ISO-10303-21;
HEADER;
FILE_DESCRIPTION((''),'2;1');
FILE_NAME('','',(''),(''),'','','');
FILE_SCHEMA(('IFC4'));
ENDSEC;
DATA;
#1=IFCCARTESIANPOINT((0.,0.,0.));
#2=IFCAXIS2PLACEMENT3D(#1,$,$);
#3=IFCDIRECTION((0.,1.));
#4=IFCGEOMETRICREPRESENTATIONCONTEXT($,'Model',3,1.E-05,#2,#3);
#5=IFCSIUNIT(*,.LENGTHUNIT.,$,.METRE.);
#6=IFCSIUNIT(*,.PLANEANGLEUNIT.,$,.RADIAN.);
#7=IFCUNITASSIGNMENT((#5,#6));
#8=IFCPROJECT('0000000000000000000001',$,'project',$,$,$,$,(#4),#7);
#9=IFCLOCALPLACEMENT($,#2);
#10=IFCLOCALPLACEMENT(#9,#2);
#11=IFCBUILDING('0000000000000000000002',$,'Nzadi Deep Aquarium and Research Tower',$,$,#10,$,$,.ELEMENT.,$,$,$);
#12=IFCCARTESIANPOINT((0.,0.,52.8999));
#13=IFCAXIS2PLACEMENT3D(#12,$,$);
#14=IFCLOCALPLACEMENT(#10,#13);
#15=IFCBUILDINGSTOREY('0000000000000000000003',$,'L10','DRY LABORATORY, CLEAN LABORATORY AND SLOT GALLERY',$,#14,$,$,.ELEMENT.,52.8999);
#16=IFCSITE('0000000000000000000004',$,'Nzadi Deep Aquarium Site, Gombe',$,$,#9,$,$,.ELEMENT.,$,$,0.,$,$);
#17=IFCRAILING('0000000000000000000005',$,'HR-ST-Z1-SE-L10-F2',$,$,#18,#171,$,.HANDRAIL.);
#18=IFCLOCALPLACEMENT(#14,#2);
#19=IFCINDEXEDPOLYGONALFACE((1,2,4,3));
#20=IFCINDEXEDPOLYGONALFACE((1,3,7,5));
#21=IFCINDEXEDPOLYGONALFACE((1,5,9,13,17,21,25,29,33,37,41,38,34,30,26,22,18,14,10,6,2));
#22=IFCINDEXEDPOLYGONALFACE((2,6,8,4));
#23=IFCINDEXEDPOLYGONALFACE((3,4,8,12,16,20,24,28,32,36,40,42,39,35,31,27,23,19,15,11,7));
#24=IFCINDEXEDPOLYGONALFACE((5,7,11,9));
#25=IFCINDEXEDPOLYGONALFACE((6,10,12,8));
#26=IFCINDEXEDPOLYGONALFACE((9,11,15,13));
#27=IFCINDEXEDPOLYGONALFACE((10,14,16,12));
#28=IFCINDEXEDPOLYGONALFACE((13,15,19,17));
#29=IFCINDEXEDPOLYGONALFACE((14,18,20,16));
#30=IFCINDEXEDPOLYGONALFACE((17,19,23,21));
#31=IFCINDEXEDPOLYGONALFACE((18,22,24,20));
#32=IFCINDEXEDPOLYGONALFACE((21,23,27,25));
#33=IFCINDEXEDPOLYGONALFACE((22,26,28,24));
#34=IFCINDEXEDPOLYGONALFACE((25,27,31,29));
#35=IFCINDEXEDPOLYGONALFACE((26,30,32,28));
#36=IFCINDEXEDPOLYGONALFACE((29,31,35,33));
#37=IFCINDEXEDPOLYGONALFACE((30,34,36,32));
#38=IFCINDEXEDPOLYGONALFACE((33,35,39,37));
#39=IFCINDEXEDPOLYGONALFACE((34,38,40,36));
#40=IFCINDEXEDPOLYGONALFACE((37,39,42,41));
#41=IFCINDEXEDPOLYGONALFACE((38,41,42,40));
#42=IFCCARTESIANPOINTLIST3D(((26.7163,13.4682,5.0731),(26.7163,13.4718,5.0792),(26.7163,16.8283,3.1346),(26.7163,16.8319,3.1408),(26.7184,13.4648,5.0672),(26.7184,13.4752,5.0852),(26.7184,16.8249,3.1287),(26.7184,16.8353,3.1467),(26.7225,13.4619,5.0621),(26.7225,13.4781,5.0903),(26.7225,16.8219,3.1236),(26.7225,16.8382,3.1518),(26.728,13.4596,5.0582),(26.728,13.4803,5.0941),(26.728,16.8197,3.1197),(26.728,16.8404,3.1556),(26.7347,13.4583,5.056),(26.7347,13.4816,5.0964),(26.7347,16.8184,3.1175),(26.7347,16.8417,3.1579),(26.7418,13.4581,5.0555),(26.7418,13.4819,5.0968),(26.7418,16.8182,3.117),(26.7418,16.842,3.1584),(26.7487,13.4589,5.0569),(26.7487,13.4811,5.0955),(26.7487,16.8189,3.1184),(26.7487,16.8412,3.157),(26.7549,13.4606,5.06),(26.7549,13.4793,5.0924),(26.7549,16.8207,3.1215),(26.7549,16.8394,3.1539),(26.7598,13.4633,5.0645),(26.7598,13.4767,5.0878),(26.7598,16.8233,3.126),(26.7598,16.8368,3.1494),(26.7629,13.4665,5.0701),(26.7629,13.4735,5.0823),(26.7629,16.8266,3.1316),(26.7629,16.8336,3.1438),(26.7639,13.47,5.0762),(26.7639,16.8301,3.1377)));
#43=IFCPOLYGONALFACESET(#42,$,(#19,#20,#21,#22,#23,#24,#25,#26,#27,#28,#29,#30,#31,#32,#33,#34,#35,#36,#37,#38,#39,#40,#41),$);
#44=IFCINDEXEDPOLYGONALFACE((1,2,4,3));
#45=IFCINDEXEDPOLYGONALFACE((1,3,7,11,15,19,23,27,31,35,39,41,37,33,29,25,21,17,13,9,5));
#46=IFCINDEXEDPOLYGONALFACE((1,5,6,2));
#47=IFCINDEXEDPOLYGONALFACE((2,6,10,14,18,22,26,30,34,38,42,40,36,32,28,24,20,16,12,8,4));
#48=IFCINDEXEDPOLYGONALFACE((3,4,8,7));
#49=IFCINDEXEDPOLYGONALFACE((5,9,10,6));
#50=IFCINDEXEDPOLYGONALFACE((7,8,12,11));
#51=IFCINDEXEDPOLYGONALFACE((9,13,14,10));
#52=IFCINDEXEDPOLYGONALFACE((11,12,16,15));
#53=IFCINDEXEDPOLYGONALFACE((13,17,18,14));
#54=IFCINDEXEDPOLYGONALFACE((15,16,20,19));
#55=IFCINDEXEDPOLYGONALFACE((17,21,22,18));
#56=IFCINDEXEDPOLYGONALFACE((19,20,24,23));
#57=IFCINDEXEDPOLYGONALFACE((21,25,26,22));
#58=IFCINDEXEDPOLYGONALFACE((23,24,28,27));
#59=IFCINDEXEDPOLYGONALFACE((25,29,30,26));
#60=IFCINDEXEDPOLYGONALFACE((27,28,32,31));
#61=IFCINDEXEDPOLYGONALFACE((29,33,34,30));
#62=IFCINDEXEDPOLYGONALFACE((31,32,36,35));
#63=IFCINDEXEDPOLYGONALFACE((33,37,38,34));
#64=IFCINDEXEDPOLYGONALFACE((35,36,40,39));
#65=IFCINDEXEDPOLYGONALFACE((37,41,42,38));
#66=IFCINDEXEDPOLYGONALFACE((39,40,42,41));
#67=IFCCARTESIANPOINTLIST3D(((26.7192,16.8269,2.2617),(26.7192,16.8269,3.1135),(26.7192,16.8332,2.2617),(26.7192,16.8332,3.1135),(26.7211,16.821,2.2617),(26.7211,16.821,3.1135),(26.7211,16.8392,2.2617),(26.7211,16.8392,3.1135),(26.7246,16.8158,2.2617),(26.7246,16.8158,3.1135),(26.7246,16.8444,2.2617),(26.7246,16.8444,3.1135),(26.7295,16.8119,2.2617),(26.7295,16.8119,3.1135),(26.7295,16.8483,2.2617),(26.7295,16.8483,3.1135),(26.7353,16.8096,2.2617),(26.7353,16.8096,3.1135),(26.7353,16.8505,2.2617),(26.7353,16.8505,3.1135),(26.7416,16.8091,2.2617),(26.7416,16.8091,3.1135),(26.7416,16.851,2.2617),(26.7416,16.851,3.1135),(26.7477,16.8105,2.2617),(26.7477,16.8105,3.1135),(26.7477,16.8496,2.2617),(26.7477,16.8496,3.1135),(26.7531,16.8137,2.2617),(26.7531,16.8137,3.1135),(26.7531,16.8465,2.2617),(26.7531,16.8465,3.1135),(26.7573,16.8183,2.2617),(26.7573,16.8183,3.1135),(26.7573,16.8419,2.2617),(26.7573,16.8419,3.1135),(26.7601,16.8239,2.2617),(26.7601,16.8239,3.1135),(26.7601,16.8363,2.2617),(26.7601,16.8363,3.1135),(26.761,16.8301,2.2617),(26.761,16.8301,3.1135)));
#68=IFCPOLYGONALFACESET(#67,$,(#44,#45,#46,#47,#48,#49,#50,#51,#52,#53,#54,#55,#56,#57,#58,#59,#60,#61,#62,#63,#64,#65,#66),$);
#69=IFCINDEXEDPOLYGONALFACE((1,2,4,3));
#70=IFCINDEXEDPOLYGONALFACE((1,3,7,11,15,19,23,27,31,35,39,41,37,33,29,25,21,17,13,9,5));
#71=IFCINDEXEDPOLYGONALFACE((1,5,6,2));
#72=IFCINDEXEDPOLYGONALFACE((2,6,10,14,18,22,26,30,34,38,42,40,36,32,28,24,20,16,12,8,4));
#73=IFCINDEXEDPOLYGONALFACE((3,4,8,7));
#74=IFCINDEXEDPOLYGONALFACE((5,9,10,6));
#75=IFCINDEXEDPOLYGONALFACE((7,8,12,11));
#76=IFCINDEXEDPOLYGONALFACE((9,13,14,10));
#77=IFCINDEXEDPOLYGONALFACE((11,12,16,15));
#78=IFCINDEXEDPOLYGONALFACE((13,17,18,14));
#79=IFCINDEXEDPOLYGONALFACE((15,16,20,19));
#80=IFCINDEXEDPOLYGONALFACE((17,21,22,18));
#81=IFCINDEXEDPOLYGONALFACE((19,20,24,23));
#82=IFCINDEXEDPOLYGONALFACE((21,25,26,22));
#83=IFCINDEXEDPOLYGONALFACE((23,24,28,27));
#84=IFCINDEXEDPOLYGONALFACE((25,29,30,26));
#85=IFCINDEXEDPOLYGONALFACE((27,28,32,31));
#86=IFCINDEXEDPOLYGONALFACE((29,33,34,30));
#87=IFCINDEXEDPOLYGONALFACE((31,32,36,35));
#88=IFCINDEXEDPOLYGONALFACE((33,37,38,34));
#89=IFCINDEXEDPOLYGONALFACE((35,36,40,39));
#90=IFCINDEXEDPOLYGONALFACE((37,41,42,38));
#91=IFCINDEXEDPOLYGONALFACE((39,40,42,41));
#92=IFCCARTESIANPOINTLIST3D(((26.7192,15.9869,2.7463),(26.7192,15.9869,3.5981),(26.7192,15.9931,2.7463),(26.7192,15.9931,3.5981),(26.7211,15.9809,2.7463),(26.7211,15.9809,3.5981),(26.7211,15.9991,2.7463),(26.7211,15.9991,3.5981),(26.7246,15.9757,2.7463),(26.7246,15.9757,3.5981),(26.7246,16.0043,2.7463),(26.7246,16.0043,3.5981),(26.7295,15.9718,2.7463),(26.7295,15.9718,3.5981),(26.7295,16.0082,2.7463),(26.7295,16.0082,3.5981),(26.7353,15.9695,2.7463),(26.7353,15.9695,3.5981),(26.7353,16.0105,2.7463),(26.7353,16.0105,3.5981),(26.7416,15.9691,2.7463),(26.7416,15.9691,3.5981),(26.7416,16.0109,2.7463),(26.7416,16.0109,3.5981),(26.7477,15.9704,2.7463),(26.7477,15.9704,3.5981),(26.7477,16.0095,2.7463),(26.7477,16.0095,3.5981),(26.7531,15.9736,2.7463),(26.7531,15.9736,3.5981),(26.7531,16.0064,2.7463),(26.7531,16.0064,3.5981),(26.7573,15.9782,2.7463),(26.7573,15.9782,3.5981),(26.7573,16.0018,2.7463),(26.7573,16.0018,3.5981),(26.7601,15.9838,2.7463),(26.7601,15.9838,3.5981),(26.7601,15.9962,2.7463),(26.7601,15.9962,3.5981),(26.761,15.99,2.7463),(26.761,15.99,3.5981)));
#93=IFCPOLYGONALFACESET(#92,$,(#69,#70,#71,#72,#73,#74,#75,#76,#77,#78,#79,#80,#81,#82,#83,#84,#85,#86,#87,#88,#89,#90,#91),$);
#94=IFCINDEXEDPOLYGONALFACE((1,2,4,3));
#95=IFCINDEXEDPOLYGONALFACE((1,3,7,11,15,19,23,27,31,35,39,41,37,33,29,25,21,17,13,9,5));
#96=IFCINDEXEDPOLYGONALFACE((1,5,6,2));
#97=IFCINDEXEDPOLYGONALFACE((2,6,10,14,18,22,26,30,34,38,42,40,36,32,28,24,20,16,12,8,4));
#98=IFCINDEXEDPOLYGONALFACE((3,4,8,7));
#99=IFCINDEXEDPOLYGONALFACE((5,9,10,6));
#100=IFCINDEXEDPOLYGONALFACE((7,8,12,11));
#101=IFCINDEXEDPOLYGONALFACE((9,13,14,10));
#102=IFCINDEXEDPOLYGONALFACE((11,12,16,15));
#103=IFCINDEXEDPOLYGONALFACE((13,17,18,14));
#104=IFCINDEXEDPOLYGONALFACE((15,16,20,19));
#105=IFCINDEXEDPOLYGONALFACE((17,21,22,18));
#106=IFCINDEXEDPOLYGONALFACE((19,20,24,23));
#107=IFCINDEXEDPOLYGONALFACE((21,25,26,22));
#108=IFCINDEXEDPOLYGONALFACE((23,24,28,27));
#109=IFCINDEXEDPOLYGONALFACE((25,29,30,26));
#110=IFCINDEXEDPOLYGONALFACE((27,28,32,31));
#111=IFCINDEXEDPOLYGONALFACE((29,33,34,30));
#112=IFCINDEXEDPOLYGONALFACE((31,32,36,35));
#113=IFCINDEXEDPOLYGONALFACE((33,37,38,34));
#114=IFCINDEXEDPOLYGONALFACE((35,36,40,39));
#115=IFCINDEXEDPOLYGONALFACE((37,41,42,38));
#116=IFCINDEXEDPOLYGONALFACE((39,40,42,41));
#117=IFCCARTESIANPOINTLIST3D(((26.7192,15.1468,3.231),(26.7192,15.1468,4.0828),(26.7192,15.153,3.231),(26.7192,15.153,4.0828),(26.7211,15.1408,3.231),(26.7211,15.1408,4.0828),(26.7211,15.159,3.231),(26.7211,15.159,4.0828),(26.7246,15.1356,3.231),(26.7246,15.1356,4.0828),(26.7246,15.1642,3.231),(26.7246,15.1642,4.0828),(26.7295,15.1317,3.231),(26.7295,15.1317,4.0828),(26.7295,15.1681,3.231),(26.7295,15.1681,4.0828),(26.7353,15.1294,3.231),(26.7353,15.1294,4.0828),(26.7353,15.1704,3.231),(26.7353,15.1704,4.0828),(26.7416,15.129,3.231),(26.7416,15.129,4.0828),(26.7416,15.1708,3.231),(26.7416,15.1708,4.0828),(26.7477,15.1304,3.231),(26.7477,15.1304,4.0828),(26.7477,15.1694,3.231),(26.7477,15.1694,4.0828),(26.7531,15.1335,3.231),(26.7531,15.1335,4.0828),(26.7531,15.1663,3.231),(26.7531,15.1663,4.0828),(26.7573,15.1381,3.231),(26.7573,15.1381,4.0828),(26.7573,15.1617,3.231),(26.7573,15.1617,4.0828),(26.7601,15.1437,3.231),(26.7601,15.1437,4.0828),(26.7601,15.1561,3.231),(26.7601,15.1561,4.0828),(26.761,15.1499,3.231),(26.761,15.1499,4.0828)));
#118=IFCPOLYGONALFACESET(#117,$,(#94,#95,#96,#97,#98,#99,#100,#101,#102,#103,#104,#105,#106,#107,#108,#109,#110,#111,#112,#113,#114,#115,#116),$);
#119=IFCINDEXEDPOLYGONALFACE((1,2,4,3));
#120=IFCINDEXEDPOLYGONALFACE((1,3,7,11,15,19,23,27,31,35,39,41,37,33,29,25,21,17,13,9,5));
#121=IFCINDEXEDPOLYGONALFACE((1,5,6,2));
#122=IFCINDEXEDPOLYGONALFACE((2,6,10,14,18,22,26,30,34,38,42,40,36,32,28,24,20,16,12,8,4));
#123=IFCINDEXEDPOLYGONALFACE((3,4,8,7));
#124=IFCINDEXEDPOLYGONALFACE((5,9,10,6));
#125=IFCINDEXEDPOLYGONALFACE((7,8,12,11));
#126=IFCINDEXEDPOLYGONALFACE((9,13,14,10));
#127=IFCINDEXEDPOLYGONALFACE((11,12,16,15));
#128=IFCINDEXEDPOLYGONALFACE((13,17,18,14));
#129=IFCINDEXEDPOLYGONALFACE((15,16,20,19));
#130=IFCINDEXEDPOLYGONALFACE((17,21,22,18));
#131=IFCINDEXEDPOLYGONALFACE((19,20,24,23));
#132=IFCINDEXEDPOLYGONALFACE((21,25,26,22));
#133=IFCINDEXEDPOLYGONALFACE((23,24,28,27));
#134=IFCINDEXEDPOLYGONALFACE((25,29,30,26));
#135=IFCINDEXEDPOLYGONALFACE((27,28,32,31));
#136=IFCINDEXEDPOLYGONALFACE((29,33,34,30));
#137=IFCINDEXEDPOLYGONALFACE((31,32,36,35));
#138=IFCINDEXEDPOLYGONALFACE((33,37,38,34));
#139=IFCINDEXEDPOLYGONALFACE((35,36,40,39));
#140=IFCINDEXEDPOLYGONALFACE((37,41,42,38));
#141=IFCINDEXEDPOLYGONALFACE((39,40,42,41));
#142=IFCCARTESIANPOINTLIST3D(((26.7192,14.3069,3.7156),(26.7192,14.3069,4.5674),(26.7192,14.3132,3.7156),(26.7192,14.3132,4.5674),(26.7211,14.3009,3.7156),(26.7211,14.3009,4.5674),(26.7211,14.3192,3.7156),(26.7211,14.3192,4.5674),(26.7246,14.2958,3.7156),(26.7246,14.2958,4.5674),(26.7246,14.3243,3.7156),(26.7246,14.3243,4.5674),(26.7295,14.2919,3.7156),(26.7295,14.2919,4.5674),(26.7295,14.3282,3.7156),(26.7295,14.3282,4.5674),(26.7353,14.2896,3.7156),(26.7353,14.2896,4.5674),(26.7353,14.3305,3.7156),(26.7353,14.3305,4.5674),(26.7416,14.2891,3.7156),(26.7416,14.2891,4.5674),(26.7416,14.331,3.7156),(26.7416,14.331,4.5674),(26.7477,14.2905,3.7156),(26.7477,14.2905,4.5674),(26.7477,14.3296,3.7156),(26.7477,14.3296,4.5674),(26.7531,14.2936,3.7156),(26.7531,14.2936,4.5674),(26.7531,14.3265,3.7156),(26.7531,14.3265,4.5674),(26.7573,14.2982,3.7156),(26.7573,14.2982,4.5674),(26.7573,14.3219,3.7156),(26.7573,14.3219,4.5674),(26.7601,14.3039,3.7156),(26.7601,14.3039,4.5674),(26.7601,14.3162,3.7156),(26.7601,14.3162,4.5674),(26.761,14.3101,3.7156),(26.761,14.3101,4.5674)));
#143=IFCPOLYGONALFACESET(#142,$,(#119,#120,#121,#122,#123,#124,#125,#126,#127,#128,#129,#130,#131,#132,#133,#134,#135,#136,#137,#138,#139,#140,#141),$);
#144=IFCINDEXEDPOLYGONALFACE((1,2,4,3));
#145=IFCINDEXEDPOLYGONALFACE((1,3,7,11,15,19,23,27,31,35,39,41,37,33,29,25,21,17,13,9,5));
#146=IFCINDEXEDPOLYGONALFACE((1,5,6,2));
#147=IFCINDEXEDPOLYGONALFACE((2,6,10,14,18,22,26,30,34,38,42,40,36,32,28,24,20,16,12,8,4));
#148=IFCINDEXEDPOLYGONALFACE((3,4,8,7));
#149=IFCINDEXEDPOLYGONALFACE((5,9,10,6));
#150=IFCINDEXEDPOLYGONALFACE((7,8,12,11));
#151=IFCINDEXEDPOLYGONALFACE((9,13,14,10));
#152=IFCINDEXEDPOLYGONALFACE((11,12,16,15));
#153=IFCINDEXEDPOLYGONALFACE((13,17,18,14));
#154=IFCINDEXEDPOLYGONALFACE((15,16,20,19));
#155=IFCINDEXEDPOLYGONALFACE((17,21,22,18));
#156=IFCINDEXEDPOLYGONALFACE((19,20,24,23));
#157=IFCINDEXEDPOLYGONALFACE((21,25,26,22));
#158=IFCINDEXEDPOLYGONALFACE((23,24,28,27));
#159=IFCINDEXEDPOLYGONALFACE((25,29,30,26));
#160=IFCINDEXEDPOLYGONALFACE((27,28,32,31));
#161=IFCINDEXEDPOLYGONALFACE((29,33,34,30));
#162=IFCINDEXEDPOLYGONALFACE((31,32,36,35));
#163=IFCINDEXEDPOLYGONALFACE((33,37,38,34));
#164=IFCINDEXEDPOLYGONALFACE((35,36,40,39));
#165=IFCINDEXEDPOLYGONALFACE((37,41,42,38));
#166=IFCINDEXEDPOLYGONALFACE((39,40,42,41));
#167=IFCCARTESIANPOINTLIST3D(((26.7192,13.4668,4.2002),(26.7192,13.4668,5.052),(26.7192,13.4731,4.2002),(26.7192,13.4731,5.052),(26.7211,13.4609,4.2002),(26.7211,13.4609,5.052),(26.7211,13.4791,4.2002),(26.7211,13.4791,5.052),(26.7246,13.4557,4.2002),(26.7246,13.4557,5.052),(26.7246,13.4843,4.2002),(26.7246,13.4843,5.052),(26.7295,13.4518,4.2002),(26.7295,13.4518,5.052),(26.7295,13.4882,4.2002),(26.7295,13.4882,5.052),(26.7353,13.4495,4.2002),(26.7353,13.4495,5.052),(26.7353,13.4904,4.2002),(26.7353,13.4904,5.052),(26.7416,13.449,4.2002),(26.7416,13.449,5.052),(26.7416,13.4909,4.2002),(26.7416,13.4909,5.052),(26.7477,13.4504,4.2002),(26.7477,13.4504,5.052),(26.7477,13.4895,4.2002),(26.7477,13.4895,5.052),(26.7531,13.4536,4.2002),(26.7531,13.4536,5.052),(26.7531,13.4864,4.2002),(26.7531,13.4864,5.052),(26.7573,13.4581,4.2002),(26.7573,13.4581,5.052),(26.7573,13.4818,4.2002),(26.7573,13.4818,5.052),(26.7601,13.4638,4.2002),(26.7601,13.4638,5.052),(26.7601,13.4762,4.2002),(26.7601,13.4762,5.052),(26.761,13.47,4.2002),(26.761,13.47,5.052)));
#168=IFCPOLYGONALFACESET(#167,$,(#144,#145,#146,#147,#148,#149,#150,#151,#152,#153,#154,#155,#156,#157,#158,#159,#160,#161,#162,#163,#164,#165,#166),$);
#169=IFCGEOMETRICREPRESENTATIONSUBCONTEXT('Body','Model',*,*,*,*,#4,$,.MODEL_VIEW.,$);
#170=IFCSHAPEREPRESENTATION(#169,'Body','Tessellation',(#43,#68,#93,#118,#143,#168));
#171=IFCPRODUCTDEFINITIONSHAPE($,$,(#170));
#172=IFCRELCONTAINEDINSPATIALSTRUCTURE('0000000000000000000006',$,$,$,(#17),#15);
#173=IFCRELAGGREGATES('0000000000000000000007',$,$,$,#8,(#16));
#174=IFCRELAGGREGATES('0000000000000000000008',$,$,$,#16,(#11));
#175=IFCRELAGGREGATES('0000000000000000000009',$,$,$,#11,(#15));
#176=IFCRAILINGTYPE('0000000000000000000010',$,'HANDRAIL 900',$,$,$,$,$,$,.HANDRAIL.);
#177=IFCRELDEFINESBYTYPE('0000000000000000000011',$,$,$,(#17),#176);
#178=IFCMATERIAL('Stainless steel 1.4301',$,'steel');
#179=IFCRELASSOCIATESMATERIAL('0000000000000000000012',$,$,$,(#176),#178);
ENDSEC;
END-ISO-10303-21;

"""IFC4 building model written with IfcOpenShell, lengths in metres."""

from ifc_helpers import new_model, si_unit, direction, frame, origin, origin_2d, place, context, subcontext, project, spatial, circle, extrude, material, type_object, element, save


model = new_model("IFC4")

# Units and contexts
model_context = context("Model", 3, precision=1e-05, world=origin(), true_north=direction((0.0, 1.0)))
body_context = subcontext(model_context, "Body", "Model", "MODEL_VIEW")
ifc_project = project(units=[si_unit("LENGTHUNIT", "METRE"), si_unit("PLANEANGLEUNIT", "RADIAN")], contexts=[model_context])

# Site, building, storey
site_placement = place(None, origin())
site = spatial("IfcSite", under=ifc_project, at=site_placement, Name="Nzadi Deep Aquarium Site, Gombe", CompositionType="ELEMENT", RefElevation=0.0)
building_placement = place(site_placement, origin())
building = spatial("IfcBuilding", under=site, at=building_placement, Name="Nzadi Deep Aquarium and Research Tower", CompositionType="ELEMENT")
storey_placement = place(building_placement, frame((0.0, 0.0, 52.8999)))
storey = spatial("IfcBuildingStorey", under=building, at=storey_placement, Name="L10", Description="DRY LABORATORY, CLEAN LABORATORY AND SLOT GALLERY", CompositionType="ELEMENT", Elevation=52.8999)

# Railing
ifc_material_1 = material(Name="Stainless steel 1.4301", Category="steel")
railing_type = type_object("IfcRailingType", Name="HANDRAIL 900", PredefinedType="HANDRAIL", material=ifc_material_1)
for number, where, name in (
    (1, (26.74, 16.8301, 2.2617), "HR-ST-Z1-SE-L10-F2"),
):
    element("IfcRailing", number, at=place(storey_placement, frame(where)), inside=storey, type_object=railing_type, Name=name, PredefinedType="HANDRAIL", context=body_context, shape_type="SweptSolid", body=[
        extrude(circle(Radius=0.0239, at=origin_2d()), frame((0.0, 0.0, 0.876), z_axis=(0.0, -0.866191, 0.499713), x_axis=(1.0, 0.0, 0.0)), (0.0, 0.0, 1.0), 3.8792),
        extrude(circle(Radius=0.021, at=origin_2d()), origin(), (0.0, 0.0, 1.0), 0.8518),
        extrude(circle(Radius=0.021, at=origin_2d()), frame((0.0, -0.8401, 0.4846)), (0.0, 0.0, 1.0), 0.8518),
        extrude(circle(Radius=0.021, at=origin_2d()), frame((0.0, -1.6802, 0.9692)), (0.0, 0.0, 1.0), 0.8518),
        extrude(circle(Radius=0.021, at=origin_2d()), frame((0.0, -2.52, 1.4539)), (0.0, 0.0, 1.0), 0.8518),
        extrude(circle(Radius=0.021, at=origin_2d()), frame((0.0, -3.3601, 1.9385)), (0.0, 0.0, 1.0), 0.8518),
    ])

save(model, "model.ifc")
